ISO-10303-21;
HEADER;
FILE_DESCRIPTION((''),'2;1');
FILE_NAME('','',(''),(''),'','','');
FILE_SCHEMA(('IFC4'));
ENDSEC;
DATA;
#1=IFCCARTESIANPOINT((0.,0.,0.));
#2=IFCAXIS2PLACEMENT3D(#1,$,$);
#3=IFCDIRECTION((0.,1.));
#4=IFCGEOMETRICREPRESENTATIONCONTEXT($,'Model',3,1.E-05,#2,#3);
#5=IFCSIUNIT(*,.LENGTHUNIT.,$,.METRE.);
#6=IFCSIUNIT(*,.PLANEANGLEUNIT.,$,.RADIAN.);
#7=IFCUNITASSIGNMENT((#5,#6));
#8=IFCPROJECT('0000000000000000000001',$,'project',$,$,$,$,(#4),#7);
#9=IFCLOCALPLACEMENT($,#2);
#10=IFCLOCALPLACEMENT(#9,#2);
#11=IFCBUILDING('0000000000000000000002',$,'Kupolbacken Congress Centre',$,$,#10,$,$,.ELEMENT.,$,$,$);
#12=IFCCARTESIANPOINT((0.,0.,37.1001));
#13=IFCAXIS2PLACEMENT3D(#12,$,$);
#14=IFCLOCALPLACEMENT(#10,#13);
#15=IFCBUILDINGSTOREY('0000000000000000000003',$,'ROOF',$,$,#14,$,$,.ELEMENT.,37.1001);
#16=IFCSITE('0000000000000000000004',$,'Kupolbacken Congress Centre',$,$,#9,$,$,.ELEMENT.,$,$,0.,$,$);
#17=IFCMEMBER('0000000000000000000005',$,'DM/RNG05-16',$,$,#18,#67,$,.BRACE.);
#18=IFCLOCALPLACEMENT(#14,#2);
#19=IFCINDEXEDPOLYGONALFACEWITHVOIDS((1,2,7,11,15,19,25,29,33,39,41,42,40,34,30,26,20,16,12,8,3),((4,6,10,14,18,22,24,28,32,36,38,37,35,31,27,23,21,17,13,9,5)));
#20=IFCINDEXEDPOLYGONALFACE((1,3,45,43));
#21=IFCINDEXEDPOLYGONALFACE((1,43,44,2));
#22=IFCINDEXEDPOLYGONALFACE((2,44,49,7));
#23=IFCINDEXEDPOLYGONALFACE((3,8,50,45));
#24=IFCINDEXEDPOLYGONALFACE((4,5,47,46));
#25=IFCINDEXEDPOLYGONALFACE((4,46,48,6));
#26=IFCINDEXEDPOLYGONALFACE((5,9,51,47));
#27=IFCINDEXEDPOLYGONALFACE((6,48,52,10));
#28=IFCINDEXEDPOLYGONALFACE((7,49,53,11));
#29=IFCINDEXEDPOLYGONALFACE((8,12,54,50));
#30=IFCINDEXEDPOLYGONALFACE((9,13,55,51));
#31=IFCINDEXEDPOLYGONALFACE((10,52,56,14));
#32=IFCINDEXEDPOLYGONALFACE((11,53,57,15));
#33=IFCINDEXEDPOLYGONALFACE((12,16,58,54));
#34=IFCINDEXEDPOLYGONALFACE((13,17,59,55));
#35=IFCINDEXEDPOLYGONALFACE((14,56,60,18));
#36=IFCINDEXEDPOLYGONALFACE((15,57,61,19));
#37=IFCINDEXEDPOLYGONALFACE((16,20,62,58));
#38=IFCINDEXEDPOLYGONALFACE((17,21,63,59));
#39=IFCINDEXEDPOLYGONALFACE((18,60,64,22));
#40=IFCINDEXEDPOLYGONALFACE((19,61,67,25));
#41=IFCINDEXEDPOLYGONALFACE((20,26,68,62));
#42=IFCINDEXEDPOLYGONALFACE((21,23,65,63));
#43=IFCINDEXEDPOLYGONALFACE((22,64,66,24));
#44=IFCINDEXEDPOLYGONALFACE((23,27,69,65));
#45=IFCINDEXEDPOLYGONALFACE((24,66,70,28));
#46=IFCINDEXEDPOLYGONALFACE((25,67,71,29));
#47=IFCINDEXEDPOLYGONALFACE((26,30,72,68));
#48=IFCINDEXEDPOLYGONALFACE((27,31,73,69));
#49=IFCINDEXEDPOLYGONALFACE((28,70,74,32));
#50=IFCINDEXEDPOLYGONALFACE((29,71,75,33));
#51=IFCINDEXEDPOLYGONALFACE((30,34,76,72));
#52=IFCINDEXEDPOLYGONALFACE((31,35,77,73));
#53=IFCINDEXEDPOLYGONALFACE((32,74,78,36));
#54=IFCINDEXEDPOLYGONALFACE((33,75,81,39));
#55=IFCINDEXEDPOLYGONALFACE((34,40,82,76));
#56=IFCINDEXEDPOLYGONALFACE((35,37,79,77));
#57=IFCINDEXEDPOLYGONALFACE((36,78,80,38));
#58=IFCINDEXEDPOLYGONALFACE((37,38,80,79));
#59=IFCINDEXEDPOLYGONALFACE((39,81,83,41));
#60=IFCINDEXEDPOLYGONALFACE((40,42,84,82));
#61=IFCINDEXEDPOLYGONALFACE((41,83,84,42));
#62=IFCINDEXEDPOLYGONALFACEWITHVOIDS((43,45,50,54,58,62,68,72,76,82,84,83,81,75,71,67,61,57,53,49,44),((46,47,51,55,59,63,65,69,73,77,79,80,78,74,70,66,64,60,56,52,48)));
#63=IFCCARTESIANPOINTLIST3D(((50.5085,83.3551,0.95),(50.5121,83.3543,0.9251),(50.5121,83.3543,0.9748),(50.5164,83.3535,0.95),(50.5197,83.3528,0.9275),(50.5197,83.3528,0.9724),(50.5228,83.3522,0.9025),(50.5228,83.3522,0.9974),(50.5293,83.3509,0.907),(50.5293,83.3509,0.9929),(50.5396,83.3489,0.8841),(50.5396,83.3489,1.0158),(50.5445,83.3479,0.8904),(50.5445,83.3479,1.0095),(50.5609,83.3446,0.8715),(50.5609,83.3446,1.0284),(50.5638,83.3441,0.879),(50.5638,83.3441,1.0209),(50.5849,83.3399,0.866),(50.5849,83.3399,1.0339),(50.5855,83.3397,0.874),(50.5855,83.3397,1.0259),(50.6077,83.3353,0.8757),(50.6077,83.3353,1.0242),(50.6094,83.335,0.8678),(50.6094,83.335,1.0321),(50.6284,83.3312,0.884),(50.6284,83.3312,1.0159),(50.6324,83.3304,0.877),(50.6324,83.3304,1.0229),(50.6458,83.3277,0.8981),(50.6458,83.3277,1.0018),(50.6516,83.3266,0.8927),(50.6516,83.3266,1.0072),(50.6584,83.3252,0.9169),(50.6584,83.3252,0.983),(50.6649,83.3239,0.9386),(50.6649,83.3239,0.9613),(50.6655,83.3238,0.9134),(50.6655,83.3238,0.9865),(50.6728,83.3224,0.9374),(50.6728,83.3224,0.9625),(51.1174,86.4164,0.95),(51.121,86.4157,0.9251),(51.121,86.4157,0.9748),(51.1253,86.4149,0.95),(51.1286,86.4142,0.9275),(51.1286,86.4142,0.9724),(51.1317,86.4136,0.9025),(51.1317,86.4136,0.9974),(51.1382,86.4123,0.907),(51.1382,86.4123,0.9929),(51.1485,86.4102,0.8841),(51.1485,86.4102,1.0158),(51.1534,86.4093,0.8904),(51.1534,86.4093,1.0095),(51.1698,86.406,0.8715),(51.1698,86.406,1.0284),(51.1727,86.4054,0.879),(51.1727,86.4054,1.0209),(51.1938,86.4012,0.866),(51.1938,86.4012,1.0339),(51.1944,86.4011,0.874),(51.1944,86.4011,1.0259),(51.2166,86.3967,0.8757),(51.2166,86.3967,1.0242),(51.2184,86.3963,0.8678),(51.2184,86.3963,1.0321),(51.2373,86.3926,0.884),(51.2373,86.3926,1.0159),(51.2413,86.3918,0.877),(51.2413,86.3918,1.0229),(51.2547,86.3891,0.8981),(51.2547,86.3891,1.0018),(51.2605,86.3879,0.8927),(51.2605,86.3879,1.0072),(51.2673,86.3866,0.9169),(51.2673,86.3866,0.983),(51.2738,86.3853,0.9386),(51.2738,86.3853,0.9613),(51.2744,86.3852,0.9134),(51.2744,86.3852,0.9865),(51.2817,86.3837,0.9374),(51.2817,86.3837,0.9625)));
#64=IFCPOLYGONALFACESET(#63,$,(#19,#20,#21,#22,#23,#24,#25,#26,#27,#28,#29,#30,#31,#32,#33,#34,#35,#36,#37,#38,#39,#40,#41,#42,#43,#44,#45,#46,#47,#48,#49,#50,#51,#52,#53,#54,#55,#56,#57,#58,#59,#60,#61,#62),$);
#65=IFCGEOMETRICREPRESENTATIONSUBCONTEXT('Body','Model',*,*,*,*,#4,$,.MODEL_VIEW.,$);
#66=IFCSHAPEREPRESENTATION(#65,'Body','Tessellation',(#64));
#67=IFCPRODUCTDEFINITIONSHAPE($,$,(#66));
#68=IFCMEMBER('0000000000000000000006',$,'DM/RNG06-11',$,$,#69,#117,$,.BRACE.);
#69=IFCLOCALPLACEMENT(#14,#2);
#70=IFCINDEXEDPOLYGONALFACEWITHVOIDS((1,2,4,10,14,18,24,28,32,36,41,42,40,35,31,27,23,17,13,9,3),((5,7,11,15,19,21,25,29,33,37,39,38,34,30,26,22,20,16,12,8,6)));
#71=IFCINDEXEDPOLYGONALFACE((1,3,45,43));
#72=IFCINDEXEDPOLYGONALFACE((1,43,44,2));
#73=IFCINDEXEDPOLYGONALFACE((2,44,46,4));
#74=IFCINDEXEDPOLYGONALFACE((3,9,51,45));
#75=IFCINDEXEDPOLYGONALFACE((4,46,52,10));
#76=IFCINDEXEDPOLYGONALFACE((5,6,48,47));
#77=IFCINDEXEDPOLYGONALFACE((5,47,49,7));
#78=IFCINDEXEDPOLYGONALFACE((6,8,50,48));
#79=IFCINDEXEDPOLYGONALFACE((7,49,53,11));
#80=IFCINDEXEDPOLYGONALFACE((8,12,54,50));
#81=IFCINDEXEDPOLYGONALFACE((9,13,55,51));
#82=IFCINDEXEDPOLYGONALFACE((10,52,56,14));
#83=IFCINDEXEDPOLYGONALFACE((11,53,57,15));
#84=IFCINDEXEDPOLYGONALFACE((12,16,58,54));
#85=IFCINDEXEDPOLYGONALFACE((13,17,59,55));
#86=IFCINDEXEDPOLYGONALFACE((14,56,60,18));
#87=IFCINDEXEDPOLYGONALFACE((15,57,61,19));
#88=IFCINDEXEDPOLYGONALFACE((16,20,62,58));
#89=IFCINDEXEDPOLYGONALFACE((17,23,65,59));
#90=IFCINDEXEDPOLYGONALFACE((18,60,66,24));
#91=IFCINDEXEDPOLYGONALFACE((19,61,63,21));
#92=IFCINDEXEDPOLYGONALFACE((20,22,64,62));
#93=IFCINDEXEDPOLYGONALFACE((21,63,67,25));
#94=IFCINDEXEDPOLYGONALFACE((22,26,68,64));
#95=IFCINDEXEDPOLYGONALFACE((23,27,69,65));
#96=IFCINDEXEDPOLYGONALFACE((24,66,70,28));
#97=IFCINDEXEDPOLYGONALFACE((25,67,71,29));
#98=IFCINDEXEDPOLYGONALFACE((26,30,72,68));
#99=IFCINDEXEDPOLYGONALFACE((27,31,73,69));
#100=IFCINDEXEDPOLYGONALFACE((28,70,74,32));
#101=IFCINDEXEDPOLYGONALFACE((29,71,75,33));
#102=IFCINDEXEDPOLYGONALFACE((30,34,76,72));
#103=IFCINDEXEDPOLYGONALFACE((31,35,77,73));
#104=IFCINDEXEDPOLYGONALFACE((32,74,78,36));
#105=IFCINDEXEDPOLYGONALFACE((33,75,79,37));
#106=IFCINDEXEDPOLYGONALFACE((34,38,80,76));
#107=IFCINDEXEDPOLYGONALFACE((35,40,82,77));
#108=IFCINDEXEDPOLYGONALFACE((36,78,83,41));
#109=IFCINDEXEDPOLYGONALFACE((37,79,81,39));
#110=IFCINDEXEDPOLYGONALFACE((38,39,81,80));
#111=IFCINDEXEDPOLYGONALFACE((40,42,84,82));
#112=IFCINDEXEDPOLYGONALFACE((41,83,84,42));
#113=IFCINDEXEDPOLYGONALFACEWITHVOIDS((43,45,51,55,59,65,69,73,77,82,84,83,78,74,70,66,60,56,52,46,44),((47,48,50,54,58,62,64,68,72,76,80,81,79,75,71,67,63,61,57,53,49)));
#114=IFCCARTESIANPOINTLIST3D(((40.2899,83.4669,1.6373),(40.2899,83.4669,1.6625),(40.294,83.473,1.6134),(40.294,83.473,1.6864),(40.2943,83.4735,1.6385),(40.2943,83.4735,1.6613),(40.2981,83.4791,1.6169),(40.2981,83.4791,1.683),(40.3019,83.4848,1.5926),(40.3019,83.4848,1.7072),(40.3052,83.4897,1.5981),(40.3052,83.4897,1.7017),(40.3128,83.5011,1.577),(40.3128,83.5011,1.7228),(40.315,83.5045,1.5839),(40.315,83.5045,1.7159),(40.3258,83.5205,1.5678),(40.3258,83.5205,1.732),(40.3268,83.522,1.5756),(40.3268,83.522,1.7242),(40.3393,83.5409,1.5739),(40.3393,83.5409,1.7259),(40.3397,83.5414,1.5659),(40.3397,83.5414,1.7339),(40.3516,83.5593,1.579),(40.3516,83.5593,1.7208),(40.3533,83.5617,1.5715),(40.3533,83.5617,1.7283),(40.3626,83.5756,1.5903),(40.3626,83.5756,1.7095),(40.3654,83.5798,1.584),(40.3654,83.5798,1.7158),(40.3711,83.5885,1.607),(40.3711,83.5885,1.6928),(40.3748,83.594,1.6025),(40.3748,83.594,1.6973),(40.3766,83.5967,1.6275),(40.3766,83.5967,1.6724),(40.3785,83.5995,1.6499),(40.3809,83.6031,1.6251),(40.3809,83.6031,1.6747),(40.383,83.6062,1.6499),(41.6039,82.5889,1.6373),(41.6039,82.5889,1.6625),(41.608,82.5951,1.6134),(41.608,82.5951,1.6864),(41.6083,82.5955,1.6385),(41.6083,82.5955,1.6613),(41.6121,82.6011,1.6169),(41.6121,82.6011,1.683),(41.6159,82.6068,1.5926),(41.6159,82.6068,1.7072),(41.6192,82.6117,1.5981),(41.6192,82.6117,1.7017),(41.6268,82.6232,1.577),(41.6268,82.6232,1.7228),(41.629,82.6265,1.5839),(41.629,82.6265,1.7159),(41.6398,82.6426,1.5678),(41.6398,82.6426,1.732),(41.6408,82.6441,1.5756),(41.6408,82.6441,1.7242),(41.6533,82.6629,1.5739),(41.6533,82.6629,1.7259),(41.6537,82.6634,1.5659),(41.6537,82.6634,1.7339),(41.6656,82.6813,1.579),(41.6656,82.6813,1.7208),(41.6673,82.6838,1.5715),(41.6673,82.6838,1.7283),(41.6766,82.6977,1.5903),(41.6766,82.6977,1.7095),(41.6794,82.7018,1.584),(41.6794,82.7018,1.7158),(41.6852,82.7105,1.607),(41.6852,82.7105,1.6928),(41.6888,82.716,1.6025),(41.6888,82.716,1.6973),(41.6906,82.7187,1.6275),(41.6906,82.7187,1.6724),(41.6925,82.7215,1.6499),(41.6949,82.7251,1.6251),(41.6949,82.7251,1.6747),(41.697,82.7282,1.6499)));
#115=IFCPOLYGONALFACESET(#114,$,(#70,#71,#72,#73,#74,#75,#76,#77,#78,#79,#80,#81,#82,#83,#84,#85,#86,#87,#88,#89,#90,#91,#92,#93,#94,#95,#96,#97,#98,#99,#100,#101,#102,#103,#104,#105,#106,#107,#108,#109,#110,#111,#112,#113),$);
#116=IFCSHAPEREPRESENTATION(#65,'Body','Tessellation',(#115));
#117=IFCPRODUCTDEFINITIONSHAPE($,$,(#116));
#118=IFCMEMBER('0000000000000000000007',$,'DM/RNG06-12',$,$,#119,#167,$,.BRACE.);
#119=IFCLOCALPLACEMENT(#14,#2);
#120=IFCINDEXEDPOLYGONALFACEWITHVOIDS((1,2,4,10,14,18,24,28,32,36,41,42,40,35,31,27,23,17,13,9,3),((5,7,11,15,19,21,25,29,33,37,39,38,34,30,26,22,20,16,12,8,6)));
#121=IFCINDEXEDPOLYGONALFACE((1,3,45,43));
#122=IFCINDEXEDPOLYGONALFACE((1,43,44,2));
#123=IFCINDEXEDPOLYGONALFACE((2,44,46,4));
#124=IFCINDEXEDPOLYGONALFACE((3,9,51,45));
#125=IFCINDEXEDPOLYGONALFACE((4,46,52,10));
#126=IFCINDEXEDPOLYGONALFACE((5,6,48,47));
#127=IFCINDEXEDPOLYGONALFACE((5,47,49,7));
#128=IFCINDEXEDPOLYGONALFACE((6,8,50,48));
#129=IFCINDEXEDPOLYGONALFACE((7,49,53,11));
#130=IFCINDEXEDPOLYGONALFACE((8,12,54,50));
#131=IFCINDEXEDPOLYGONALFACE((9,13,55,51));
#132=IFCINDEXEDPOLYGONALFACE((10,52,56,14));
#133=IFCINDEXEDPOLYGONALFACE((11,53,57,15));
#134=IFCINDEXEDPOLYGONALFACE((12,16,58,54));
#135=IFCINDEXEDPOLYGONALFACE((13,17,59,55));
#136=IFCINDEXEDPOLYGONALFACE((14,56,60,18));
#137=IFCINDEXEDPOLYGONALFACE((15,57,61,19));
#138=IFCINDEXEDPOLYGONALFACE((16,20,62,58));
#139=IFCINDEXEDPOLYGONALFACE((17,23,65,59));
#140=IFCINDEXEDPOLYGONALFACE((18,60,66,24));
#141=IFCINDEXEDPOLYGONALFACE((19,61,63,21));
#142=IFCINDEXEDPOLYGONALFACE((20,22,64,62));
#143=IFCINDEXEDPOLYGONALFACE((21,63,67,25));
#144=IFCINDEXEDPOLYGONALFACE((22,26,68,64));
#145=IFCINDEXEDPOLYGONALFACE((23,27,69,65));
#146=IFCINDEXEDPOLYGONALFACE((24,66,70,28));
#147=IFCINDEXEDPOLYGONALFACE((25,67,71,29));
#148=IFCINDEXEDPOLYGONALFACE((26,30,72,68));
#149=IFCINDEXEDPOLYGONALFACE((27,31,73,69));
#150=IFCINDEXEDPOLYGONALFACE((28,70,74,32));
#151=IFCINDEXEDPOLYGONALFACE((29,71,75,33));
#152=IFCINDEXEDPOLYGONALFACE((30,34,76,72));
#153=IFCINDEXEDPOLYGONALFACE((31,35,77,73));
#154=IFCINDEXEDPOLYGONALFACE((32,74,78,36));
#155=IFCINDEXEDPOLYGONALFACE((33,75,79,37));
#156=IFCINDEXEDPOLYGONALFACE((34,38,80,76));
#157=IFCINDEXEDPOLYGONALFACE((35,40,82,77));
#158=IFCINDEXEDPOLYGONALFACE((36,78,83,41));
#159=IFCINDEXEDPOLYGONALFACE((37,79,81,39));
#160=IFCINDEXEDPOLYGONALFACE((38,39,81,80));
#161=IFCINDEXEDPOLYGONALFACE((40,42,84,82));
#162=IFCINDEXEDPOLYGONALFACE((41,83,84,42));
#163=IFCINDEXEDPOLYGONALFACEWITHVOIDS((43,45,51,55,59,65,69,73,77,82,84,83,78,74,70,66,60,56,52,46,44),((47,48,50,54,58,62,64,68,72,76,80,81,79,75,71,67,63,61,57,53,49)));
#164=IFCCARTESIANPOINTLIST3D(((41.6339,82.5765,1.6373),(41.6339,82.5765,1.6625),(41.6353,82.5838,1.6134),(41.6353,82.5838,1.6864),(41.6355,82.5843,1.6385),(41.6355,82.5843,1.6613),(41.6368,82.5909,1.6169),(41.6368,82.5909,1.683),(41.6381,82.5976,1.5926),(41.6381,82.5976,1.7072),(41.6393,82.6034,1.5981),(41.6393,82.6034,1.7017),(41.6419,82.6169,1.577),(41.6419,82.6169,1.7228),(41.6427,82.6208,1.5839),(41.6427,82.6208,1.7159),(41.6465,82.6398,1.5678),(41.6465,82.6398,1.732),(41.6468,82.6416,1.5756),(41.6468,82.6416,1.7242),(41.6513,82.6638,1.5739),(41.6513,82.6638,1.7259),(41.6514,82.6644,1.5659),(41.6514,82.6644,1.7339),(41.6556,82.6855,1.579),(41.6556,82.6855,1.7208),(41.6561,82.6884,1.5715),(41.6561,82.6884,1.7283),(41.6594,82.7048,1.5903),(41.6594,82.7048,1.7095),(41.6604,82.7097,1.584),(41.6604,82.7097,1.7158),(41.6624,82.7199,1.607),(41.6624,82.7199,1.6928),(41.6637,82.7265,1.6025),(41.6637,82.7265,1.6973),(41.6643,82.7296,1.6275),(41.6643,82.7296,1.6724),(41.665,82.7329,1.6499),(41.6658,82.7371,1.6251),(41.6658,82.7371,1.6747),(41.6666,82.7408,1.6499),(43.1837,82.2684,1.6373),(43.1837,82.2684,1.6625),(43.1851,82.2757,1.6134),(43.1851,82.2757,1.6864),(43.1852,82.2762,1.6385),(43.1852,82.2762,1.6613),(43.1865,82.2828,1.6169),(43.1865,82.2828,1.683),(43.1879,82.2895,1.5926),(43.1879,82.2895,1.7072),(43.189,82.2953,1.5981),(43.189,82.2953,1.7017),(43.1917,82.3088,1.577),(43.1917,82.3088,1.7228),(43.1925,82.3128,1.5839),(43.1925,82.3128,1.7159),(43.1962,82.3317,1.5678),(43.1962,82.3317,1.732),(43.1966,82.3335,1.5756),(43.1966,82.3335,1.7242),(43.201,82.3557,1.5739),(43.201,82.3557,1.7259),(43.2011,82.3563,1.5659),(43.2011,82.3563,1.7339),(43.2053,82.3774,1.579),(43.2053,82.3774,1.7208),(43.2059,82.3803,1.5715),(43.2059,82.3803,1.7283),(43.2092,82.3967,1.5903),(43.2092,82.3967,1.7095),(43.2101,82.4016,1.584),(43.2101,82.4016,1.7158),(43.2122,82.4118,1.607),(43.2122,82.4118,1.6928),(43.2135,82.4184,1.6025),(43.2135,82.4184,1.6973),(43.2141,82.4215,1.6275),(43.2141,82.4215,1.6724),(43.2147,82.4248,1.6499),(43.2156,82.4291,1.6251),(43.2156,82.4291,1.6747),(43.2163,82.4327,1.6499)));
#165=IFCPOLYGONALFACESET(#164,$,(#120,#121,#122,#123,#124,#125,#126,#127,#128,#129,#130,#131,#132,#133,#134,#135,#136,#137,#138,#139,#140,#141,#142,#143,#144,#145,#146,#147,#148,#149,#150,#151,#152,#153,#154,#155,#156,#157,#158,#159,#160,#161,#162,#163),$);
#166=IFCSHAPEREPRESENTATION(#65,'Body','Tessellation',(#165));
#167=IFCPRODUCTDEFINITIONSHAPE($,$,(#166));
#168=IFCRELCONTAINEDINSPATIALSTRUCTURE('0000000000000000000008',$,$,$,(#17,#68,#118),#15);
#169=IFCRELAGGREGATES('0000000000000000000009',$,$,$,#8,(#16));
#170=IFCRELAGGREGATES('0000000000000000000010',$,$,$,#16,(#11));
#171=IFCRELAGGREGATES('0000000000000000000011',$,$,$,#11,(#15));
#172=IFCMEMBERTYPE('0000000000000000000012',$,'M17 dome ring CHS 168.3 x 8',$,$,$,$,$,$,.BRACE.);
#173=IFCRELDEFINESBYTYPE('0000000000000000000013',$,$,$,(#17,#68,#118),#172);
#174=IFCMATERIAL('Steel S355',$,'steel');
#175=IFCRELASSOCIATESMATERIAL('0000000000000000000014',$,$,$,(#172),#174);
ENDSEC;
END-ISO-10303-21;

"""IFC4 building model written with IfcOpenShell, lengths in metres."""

from ifc_helpers import new_model, si_unit, direction, frame, origin, origin_2d, place, context, subcontext, project, spatial, hollow_circle, extrude, material, material_profile, profile_set, type_object, element, save


model = new_model("IFC4")

# Units and contexts
model_context = context("Model", 3, precision=1e-05, world=origin(), true_north=direction((0.0, 1.0)))
body_context = subcontext(model_context, "Body", "Model", "MODEL_VIEW")
ifc_project = project(units=[si_unit("LENGTHUNIT", "METRE"), si_unit("PLANEANGLEUNIT", "RADIAN")], contexts=[model_context])

# Site, building, storey
site_placement = place(None, origin())
site = spatial("IfcSite", under=ifc_project, at=site_placement, Name="Kupolbacken Congress Centre", CompositionType="ELEMENT", RefElevation=0.0)
building_placement = place(site_placement, origin())
building = spatial("IfcBuilding", under=site, at=building_placement, Name="Kupolbacken Congress Centre", CompositionType="ELEMENT")
storey_placement = place(building_placement, frame((0.0, 0.0, 37.1001)))
storey = spatial("IfcBuildingStorey", under=building, at=storey_placement, Name="ROOF", CompositionType="ELEMENT", Elevation=37.1001)

# Members
ifc_material_1 = material(Name="Steel S355", Category="steel")
ifc_material_profile_1 = material_profile(ifc_material_1, hollow_circle(Radius=0.0842, WallThickness=0.0081, at=origin_2d()), Name="CHS 168.3 x 8")
ifc_profile_set_1 = profile_set([ifc_material_profile_1], Name="Steel S355")
member_type_1 = type_object("IfcMemberType", Name="M17 dome ring CHS 168.3 x 8", PredefinedType="BRACE", material=ifc_profile_set_1)
member_1_placement = place(storey_placement, frame((50.5911, 83.3386, 0.95), z_axis=(0.195078, 0.980788, 0.0), x_axis=(-0.980788, 0.195078, 0.0)))
element("IfcMember", 1, at=member_1_placement, inside=storey, type_object=member_type_1, Name="DM/RNG05-16", PredefinedType="BRACE", context=body_context, shape_type="SweptSolid", body=[
    extrude(hollow_circle(Radius=0.0842, WallThickness=0.0081, at=origin_2d()), origin(), (0.0, 0.0, 1.0), 3.1213),
])
member_2_placement = place(storey_placement, frame((40.3362, 83.5361, 1.6499), z_axis=(0.831479, -0.555556, 0.0), x_axis=(0.555556, 0.831479, 0.0)))
element("IfcMember", 2, at=member_2_placement, inside=storey, type_object=member_type_1, Name="DM/RNG06-11", PredefinedType="BRACE", context=body_context, shape_type="SweptSolid", body=[
    extrude(hollow_circle(Radius=0.0842, WallThickness=0.0081, at=origin_2d()), origin(), (0.0, 0.0, 1.0), 1.5803),
])
member_3_placement = place(storey_placement, frame((41.6501, 82.6582, 1.6499), z_axis=(0.980806, -0.194987, 0.0), x_axis=(0.194987, 0.980806, 0.0)))
element("IfcMember", 3, at=member_3_placement, inside=storey, type_object=member_type_1, Name="DM/RNG06-12", PredefinedType="BRACE", context=body_context, shape_type="SweptSolid", body=[
    extrude(hollow_circle(Radius=0.0842, WallThickness=0.0081, at=origin_2d()), origin(), (0.0, 0.0, 1.0), 1.5801),
])

save(model, "model.ifc")
